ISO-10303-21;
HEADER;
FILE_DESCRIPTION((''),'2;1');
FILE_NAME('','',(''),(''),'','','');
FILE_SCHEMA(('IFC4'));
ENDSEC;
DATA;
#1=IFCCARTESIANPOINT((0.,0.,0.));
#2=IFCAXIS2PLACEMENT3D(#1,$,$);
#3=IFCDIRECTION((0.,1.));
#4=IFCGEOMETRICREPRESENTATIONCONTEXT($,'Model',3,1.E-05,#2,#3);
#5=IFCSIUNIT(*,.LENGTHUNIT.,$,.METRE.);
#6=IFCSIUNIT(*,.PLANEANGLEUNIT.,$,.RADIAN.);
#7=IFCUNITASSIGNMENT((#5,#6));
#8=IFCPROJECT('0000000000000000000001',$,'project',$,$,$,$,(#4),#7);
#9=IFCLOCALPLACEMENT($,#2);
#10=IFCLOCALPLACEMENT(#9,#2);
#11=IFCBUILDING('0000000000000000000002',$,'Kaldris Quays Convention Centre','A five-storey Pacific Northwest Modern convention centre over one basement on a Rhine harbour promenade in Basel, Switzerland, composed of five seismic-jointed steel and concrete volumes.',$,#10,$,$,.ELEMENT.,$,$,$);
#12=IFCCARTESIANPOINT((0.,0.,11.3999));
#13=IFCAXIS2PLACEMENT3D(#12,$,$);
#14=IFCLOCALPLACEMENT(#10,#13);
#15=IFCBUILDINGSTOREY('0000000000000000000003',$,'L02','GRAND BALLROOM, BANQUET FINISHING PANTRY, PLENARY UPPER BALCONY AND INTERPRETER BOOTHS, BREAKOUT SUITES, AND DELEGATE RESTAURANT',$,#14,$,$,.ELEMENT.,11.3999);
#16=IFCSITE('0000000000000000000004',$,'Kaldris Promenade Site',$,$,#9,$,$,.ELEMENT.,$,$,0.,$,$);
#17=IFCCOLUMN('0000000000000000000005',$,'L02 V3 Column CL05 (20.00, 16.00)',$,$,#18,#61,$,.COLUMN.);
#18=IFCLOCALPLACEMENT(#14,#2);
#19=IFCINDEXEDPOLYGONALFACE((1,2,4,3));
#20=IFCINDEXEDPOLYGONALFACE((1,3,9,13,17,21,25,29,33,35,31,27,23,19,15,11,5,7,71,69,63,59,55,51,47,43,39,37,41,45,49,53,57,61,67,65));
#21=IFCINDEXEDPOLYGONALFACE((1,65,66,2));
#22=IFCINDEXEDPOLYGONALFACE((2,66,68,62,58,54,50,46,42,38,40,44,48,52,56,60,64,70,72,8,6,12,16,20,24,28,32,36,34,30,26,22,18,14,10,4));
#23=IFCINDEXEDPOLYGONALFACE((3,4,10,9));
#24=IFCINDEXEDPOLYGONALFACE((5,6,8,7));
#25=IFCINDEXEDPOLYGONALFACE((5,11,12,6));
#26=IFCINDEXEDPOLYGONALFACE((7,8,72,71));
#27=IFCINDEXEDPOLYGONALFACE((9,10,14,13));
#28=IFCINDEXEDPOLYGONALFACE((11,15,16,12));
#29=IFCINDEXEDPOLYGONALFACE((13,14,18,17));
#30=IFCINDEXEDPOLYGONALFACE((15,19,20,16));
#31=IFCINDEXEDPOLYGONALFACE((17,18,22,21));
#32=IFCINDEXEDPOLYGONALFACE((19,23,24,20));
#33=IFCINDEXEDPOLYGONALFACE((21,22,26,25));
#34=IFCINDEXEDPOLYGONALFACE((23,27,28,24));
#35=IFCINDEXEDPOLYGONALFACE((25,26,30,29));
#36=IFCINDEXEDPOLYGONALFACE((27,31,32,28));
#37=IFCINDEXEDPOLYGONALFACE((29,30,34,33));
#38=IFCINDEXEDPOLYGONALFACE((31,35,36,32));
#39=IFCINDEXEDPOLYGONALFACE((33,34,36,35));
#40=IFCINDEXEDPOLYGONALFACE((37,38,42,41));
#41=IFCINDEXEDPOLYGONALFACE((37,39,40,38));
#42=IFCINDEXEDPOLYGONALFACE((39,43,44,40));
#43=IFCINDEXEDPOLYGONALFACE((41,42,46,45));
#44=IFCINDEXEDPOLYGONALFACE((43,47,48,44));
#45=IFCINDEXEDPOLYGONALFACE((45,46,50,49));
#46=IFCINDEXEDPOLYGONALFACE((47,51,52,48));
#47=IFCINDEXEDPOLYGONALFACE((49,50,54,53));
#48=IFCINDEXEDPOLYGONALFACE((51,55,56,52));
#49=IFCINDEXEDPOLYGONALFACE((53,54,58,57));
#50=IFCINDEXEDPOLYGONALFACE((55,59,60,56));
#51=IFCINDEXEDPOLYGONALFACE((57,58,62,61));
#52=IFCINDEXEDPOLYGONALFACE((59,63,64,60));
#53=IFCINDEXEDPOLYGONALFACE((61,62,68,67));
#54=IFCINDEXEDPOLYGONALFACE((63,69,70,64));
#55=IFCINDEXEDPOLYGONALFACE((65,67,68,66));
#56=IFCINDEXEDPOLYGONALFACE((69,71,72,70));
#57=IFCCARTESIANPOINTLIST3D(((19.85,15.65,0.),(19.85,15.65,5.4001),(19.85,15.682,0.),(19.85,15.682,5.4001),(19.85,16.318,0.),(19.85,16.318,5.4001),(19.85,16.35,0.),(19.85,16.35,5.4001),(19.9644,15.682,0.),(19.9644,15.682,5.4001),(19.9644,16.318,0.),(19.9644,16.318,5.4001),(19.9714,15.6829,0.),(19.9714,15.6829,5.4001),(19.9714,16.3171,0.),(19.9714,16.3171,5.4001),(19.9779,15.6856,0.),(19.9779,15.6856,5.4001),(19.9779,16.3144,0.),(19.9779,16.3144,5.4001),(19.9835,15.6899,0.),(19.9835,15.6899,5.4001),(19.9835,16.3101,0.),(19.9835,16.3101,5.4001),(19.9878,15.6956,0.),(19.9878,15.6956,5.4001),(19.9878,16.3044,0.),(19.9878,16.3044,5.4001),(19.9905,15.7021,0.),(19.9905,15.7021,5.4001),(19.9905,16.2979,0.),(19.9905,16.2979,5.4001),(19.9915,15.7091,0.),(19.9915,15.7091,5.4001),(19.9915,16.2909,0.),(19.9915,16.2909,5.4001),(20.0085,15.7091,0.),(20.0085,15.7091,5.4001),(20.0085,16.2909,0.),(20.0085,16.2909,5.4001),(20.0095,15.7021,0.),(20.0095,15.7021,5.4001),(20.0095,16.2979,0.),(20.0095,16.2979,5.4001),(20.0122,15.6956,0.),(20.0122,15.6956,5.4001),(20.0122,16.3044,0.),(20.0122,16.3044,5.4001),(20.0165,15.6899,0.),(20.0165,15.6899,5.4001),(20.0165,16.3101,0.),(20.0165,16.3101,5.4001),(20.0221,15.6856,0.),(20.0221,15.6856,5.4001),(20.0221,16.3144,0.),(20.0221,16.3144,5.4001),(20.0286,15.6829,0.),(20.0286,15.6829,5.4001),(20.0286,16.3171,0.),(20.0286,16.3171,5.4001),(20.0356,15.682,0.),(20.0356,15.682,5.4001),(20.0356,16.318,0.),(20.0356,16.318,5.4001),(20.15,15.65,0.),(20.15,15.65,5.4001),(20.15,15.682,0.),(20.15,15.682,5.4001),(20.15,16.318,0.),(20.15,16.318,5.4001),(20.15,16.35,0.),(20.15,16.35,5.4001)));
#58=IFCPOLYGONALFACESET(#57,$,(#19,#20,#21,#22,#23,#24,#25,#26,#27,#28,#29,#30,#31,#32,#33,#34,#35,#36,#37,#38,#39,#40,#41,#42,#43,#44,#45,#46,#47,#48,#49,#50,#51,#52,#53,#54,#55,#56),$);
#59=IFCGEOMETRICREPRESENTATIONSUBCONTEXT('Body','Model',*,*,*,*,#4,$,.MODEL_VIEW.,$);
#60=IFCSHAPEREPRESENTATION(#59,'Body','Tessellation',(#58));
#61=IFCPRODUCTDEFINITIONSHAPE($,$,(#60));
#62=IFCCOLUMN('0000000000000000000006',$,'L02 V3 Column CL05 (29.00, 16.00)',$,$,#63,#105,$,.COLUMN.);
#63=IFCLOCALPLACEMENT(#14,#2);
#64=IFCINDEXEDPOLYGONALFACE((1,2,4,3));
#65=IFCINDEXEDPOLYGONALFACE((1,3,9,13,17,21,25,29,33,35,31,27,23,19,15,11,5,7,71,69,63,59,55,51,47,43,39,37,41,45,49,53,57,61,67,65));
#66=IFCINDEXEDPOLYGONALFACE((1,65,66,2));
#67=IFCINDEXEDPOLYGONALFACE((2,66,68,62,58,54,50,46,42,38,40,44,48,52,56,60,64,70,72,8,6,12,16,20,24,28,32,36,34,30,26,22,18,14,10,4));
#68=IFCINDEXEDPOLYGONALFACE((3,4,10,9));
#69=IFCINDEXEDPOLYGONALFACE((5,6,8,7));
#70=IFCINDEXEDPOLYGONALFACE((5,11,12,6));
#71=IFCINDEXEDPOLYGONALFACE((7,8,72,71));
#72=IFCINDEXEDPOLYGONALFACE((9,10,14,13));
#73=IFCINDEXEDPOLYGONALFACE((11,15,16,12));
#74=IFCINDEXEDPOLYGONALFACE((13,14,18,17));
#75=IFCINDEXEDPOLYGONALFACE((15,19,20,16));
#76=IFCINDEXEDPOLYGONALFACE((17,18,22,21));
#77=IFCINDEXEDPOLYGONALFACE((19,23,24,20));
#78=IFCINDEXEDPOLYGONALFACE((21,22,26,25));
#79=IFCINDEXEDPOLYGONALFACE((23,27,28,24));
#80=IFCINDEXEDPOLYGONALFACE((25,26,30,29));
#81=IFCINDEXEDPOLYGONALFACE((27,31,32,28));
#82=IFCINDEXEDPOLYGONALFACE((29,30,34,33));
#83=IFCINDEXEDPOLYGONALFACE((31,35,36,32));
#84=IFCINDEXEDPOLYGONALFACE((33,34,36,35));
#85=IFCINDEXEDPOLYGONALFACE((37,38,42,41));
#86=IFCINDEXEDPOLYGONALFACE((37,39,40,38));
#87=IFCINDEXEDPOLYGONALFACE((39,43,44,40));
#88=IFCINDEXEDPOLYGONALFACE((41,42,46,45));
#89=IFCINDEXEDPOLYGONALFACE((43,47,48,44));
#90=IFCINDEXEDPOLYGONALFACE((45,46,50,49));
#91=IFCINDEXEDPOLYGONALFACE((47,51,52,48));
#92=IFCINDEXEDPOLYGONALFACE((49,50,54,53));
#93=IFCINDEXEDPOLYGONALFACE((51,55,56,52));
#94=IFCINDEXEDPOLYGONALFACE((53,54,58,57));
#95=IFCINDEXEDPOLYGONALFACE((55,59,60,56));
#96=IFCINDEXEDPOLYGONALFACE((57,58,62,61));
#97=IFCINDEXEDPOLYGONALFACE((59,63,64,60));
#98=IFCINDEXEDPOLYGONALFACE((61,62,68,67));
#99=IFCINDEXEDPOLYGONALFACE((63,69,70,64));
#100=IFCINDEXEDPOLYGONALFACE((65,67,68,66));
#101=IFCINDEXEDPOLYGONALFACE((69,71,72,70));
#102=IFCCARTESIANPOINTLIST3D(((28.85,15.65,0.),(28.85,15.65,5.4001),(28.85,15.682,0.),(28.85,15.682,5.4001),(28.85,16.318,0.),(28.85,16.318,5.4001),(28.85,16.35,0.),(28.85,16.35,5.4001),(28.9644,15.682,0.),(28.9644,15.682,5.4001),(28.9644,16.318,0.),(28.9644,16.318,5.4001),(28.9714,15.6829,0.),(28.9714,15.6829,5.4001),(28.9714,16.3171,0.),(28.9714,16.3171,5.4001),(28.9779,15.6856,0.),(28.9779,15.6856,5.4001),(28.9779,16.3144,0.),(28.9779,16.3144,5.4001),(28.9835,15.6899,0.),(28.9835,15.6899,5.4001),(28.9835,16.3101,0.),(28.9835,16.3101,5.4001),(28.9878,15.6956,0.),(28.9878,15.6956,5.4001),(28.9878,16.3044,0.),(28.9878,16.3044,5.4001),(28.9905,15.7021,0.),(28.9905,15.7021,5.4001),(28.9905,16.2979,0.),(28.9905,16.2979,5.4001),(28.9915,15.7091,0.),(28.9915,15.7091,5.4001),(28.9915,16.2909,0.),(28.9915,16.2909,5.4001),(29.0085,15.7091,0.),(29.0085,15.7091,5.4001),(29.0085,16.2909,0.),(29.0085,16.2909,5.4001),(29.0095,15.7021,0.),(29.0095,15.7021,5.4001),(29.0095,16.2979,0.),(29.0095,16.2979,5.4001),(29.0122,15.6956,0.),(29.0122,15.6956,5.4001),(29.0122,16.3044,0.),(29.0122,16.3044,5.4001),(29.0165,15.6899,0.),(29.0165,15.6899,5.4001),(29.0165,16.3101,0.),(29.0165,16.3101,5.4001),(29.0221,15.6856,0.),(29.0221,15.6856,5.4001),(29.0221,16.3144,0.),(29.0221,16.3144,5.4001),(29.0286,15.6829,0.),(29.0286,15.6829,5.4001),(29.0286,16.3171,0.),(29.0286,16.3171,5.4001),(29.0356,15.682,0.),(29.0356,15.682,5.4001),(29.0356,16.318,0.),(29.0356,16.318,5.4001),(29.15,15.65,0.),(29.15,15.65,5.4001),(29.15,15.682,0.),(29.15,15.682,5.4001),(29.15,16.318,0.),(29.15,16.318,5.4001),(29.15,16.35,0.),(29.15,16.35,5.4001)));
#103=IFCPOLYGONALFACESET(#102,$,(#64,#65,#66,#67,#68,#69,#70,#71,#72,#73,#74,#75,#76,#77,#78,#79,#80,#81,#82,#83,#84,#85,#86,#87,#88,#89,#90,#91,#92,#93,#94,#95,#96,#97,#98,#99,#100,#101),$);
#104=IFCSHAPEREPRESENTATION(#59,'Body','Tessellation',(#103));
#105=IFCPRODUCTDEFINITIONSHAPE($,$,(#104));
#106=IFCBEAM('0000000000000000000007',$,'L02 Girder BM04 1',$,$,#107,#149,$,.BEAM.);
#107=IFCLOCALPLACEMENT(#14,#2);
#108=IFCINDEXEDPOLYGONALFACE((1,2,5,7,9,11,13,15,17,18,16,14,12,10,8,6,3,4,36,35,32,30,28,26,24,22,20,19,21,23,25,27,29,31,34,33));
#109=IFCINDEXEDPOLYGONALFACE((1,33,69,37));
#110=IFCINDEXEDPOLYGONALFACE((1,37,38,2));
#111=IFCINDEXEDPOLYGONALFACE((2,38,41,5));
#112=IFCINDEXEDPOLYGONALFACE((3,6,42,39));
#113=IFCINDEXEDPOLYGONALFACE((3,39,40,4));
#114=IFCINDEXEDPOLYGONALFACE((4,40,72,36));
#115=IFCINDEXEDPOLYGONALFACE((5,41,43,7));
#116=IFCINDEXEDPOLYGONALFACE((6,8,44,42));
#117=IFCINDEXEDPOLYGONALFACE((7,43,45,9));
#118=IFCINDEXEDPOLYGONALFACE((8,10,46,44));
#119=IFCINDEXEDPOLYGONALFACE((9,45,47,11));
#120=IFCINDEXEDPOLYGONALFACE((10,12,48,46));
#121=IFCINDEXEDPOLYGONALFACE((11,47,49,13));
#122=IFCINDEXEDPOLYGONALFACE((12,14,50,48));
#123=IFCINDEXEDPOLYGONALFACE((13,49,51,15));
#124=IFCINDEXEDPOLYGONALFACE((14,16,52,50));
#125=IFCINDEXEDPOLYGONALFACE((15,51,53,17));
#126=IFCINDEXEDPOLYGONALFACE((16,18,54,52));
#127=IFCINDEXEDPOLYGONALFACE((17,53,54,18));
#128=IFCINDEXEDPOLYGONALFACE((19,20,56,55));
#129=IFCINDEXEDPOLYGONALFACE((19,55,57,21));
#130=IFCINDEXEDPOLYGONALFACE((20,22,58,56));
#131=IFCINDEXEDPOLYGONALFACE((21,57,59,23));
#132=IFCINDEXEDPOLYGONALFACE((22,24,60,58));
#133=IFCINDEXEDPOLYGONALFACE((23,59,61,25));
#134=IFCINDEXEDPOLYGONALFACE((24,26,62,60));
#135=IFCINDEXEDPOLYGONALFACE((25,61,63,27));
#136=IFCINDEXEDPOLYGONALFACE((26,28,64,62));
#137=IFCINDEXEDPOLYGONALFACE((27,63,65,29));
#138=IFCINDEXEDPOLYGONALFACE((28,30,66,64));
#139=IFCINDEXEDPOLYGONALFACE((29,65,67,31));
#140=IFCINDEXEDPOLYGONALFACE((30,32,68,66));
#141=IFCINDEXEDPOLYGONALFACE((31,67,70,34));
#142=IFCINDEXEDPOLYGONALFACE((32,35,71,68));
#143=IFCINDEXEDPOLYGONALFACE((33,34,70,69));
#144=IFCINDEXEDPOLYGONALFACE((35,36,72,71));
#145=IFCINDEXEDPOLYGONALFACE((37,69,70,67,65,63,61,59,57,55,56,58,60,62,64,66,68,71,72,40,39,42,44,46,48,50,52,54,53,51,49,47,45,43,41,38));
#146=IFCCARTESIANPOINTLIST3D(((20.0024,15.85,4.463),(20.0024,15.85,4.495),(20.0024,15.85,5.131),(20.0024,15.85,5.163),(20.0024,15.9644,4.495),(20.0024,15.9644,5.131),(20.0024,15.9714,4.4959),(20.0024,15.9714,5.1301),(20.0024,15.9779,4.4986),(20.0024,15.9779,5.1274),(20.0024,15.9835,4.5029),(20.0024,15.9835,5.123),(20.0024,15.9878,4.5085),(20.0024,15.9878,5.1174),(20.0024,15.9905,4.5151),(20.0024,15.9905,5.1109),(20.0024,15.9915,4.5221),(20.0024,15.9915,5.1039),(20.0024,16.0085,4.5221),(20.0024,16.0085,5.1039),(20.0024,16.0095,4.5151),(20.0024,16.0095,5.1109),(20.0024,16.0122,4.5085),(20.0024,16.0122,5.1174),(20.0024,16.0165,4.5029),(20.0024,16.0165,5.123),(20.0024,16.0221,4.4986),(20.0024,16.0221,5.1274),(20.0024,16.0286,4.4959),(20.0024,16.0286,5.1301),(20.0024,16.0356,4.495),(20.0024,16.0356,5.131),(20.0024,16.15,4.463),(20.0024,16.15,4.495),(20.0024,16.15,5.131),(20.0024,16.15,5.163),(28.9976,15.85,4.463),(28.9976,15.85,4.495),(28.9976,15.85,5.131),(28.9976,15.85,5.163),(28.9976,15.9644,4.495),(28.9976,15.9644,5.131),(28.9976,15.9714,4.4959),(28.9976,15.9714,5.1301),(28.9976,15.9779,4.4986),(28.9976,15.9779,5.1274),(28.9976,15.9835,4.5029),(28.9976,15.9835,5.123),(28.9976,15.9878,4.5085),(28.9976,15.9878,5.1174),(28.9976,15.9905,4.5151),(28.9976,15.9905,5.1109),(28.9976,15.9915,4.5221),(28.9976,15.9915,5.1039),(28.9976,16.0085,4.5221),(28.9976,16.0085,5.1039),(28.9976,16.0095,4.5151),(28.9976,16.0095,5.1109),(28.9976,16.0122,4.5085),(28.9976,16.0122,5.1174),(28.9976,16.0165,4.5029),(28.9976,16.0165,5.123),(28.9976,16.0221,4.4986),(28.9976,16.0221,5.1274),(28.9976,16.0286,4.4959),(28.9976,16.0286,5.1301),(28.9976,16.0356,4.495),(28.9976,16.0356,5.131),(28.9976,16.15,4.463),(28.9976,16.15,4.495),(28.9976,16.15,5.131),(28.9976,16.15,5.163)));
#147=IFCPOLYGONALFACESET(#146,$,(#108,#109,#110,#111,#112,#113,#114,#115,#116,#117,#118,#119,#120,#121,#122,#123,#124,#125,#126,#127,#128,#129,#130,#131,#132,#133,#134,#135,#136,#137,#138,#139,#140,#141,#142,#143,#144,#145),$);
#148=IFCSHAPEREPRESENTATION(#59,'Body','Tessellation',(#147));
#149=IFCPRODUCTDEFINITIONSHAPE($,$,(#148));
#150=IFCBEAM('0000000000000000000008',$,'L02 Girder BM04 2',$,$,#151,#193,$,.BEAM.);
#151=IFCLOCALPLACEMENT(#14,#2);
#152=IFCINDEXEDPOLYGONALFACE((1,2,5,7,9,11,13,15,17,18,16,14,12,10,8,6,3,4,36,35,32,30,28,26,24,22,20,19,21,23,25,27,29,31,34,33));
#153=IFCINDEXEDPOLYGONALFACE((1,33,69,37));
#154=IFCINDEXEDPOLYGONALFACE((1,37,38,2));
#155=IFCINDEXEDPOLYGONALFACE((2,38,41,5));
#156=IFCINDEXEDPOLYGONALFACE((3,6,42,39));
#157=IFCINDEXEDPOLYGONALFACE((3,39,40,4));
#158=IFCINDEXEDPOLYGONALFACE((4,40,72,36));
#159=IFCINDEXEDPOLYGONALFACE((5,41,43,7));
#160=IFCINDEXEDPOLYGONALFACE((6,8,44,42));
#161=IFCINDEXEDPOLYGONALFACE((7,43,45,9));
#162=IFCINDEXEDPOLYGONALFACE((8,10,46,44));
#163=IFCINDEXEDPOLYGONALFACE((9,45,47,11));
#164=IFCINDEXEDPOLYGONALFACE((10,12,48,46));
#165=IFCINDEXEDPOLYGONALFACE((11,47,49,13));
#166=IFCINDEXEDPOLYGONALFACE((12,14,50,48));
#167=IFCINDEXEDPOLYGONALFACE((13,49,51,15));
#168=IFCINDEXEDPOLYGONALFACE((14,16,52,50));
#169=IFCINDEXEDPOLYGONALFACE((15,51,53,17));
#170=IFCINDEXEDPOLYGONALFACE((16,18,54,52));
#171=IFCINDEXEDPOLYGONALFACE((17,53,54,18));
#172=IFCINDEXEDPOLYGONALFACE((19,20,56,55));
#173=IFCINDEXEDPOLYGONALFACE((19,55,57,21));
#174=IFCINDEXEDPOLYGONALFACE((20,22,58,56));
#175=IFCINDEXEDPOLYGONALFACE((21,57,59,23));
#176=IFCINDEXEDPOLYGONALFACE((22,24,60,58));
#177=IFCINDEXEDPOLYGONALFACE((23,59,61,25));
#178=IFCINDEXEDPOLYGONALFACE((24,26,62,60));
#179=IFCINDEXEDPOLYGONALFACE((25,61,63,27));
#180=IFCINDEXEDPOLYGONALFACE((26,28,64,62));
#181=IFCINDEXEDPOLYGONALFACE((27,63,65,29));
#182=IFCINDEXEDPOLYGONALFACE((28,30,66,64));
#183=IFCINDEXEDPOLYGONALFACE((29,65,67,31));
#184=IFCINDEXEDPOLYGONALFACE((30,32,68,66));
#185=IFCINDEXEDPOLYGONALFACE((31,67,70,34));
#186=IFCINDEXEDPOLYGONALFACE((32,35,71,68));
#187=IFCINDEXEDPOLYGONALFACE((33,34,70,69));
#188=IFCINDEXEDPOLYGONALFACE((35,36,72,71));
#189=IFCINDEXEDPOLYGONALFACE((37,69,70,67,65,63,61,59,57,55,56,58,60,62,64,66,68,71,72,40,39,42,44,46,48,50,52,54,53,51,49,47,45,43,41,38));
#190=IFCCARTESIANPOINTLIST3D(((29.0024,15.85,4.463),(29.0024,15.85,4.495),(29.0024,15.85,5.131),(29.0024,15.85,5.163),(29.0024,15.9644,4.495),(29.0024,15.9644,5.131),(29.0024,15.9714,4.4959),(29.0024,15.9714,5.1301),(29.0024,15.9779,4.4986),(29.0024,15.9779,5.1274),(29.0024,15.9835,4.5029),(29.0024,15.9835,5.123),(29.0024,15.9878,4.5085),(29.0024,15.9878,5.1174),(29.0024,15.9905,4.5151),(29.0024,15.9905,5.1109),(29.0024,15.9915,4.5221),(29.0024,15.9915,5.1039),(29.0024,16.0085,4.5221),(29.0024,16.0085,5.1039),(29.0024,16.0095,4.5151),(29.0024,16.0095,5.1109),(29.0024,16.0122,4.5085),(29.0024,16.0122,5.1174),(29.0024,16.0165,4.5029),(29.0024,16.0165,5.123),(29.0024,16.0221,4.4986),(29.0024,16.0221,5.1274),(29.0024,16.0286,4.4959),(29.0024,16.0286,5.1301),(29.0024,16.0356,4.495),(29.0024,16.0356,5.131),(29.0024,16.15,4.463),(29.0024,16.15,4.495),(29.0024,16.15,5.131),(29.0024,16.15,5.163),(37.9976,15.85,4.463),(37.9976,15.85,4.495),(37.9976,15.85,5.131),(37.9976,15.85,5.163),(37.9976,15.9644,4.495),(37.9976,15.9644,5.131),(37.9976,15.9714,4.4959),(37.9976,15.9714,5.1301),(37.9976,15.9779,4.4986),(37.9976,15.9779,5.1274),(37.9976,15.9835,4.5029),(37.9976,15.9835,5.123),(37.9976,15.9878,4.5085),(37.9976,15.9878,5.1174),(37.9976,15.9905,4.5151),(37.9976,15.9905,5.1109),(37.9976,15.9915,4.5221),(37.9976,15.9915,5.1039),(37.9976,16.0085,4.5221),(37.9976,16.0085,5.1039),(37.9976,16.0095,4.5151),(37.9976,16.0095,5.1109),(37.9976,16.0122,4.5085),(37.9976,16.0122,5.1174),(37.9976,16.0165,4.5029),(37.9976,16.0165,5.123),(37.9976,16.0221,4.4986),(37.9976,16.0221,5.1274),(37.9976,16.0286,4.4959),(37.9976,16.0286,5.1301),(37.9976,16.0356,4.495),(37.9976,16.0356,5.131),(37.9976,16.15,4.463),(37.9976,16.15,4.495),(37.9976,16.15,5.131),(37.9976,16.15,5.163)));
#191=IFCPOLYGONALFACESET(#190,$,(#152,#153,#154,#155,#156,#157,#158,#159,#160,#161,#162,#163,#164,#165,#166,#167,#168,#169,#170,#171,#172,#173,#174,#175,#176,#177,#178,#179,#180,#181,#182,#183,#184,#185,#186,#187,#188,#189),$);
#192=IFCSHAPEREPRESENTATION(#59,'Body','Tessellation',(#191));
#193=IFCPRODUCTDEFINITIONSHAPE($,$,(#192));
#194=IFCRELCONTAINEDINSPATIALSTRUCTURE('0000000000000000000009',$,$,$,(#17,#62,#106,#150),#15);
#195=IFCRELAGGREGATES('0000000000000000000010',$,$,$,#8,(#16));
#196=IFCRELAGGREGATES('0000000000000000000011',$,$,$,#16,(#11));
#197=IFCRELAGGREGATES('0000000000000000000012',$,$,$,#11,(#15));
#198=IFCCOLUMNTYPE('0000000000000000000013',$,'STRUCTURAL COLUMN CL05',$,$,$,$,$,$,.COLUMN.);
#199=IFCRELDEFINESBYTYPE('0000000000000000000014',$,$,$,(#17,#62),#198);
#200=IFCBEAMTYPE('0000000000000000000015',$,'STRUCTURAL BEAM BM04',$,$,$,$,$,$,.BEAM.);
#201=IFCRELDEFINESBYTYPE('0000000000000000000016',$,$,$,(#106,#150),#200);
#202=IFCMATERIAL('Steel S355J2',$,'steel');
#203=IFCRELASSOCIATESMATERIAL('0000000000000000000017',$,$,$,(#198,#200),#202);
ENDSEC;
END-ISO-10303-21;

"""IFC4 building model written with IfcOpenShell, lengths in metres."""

from ifc_helpers import new_model, si_unit, direction, frame, origin, origin_2d, place, context, subcontext, project, spatial, i_section, extrude, material, material_profile, profile_set, type_object, element, save


model = new_model("IFC4")

# Units and contexts
model_context = context("Model", 3, precision=1e-05, world=origin(), true_north=direction((0.0, 1.0)))
body_context = subcontext(model_context, "Body", "Model", "MODEL_VIEW")
ifc_project = project(units=[si_unit("LENGTHUNIT", "METRE"), si_unit("PLANEANGLEUNIT", "RADIAN")], contexts=[model_context])

# Site, building, storey
site_placement = place(None, origin())
site = spatial("IfcSite", under=ifc_project, at=site_placement, Name="Kaldris Promenade Site", CompositionType="ELEMENT", RefElevation=0.0)
building_placement = place(site_placement, origin())
building = spatial("IfcBuilding", under=site, at=building_placement, Name="Kaldris Quays Convention Centre", Description="A five-storey Pacific Northwest Modern convention centre over one basement on a Rhine harbour promenade in Basel, Switzerland, composed of five seismic-jointed steel and concrete volumes.", CompositionType="ELEMENT")
storey_placement = place(building_placement, frame((0.0, 0.0, 11.3999)))
storey = spatial("IfcBuildingStorey", under=building, at=storey_placement, Name="L02", Description="GRAND BALLROOM, BANQUET FINISHING PANTRY, PLENARY UPPER BALCONY AND INTERPRETER BOOTHS, BREAKOUT SUITES, AND DELEGATE RESTAURANT", CompositionType="ELEMENT", Elevation=11.3999)

# Columns
ifc_material_1 = material(Name="Steel S355J2", Category="steel")
ifc_material_profile_1 = material_profile(ifc_material_1, i_section(OverallWidth=0.3, OverallDepth=0.7, WebThickness=0.0171, FlangeThickness=0.032, FilletRadius=0.0271, at=origin_2d()), Name="HEB 700")
ifc_profile_set_1 = profile_set([ifc_material_profile_1], Name="Steel S355J2")
column_type = type_object("IfcColumnType", Name="STRUCTURAL COLUMN CL05", PredefinedType="COLUMN", material=ifc_profile_set_1)
for number, where, z_axis, x_axis, name in (
    (1, (20.0, 16.0, 0.0), (0.0, 0.0, 1.0), (1.0, 0.0, 0.0), "L02 V3 Column CL05 (20.00, 16.00)"),
    (2, (29.0, 16.0, 0.0), (0.0, 0.0, 1.0), (1.0, 0.0, 0.0), "L02 V3 Column CL05 (29.00, 16.00)"),
):
    element("IfcColumn", number, at=place(storey_placement, frame(where, z_axis=z_axis, x_axis=x_axis)), inside=storey, type_object=column_type, Name=name, PredefinedType="COLUMN", context=body_context, shape_type="SweptSolid", body=[
        extrude(i_section(OverallWidth=0.3, OverallDepth=0.7, WebThickness=0.0171, FlangeThickness=0.032, FilletRadius=0.0271, at=origin_2d()), origin(), (0.0, 0.0, 1.0), 5.4001),
    ])

# Beams
ifc_material_profile_2 = material_profile(ifc_material_1, i_section(OverallWidth=0.3, OverallDepth=0.7, WebThickness=0.0171, FlangeThickness=0.032, FilletRadius=0.0271, at=origin_2d()), Name="HEB 700")
ifc_profile_set_2 = profile_set([ifc_material_profile_2], Name="Steel S355J2")
beam_type_1 = type_object("IfcBeamType", Name="STRUCTURAL BEAM BM04", PredefinedType="BEAM", material=ifc_profile_set_2)
for number, where, z_axis, x_axis, name in (
    (3, (20.0024, 16.0, 4.813), (1.0, 0.0, 0.0), (0.0, 1.0, 0.0), "L02 Girder BM04 1"),
    (4, (29.0024, 16.0, 4.813), (1.0, 0.0, 0.0), (0.0, 1.0, 0.0), "L02 Girder BM04 2"),
):
    element("IfcBeam", number, at=place(storey_placement, frame(where, z_axis=z_axis, x_axis=x_axis)), inside=storey, type_object=beam_type_1, Name=name, PredefinedType="BEAM", context=body_context, shape_type="SweptSolid", body=[
        extrude(i_section(OverallWidth=0.3, OverallDepth=0.7, WebThickness=0.0171, FlangeThickness=0.032, FilletRadius=0.0271, at=origin_2d()), origin(), (0.0, 0.0, 1.0), 8.9951),
    ])

save(model, "model.ifc")
